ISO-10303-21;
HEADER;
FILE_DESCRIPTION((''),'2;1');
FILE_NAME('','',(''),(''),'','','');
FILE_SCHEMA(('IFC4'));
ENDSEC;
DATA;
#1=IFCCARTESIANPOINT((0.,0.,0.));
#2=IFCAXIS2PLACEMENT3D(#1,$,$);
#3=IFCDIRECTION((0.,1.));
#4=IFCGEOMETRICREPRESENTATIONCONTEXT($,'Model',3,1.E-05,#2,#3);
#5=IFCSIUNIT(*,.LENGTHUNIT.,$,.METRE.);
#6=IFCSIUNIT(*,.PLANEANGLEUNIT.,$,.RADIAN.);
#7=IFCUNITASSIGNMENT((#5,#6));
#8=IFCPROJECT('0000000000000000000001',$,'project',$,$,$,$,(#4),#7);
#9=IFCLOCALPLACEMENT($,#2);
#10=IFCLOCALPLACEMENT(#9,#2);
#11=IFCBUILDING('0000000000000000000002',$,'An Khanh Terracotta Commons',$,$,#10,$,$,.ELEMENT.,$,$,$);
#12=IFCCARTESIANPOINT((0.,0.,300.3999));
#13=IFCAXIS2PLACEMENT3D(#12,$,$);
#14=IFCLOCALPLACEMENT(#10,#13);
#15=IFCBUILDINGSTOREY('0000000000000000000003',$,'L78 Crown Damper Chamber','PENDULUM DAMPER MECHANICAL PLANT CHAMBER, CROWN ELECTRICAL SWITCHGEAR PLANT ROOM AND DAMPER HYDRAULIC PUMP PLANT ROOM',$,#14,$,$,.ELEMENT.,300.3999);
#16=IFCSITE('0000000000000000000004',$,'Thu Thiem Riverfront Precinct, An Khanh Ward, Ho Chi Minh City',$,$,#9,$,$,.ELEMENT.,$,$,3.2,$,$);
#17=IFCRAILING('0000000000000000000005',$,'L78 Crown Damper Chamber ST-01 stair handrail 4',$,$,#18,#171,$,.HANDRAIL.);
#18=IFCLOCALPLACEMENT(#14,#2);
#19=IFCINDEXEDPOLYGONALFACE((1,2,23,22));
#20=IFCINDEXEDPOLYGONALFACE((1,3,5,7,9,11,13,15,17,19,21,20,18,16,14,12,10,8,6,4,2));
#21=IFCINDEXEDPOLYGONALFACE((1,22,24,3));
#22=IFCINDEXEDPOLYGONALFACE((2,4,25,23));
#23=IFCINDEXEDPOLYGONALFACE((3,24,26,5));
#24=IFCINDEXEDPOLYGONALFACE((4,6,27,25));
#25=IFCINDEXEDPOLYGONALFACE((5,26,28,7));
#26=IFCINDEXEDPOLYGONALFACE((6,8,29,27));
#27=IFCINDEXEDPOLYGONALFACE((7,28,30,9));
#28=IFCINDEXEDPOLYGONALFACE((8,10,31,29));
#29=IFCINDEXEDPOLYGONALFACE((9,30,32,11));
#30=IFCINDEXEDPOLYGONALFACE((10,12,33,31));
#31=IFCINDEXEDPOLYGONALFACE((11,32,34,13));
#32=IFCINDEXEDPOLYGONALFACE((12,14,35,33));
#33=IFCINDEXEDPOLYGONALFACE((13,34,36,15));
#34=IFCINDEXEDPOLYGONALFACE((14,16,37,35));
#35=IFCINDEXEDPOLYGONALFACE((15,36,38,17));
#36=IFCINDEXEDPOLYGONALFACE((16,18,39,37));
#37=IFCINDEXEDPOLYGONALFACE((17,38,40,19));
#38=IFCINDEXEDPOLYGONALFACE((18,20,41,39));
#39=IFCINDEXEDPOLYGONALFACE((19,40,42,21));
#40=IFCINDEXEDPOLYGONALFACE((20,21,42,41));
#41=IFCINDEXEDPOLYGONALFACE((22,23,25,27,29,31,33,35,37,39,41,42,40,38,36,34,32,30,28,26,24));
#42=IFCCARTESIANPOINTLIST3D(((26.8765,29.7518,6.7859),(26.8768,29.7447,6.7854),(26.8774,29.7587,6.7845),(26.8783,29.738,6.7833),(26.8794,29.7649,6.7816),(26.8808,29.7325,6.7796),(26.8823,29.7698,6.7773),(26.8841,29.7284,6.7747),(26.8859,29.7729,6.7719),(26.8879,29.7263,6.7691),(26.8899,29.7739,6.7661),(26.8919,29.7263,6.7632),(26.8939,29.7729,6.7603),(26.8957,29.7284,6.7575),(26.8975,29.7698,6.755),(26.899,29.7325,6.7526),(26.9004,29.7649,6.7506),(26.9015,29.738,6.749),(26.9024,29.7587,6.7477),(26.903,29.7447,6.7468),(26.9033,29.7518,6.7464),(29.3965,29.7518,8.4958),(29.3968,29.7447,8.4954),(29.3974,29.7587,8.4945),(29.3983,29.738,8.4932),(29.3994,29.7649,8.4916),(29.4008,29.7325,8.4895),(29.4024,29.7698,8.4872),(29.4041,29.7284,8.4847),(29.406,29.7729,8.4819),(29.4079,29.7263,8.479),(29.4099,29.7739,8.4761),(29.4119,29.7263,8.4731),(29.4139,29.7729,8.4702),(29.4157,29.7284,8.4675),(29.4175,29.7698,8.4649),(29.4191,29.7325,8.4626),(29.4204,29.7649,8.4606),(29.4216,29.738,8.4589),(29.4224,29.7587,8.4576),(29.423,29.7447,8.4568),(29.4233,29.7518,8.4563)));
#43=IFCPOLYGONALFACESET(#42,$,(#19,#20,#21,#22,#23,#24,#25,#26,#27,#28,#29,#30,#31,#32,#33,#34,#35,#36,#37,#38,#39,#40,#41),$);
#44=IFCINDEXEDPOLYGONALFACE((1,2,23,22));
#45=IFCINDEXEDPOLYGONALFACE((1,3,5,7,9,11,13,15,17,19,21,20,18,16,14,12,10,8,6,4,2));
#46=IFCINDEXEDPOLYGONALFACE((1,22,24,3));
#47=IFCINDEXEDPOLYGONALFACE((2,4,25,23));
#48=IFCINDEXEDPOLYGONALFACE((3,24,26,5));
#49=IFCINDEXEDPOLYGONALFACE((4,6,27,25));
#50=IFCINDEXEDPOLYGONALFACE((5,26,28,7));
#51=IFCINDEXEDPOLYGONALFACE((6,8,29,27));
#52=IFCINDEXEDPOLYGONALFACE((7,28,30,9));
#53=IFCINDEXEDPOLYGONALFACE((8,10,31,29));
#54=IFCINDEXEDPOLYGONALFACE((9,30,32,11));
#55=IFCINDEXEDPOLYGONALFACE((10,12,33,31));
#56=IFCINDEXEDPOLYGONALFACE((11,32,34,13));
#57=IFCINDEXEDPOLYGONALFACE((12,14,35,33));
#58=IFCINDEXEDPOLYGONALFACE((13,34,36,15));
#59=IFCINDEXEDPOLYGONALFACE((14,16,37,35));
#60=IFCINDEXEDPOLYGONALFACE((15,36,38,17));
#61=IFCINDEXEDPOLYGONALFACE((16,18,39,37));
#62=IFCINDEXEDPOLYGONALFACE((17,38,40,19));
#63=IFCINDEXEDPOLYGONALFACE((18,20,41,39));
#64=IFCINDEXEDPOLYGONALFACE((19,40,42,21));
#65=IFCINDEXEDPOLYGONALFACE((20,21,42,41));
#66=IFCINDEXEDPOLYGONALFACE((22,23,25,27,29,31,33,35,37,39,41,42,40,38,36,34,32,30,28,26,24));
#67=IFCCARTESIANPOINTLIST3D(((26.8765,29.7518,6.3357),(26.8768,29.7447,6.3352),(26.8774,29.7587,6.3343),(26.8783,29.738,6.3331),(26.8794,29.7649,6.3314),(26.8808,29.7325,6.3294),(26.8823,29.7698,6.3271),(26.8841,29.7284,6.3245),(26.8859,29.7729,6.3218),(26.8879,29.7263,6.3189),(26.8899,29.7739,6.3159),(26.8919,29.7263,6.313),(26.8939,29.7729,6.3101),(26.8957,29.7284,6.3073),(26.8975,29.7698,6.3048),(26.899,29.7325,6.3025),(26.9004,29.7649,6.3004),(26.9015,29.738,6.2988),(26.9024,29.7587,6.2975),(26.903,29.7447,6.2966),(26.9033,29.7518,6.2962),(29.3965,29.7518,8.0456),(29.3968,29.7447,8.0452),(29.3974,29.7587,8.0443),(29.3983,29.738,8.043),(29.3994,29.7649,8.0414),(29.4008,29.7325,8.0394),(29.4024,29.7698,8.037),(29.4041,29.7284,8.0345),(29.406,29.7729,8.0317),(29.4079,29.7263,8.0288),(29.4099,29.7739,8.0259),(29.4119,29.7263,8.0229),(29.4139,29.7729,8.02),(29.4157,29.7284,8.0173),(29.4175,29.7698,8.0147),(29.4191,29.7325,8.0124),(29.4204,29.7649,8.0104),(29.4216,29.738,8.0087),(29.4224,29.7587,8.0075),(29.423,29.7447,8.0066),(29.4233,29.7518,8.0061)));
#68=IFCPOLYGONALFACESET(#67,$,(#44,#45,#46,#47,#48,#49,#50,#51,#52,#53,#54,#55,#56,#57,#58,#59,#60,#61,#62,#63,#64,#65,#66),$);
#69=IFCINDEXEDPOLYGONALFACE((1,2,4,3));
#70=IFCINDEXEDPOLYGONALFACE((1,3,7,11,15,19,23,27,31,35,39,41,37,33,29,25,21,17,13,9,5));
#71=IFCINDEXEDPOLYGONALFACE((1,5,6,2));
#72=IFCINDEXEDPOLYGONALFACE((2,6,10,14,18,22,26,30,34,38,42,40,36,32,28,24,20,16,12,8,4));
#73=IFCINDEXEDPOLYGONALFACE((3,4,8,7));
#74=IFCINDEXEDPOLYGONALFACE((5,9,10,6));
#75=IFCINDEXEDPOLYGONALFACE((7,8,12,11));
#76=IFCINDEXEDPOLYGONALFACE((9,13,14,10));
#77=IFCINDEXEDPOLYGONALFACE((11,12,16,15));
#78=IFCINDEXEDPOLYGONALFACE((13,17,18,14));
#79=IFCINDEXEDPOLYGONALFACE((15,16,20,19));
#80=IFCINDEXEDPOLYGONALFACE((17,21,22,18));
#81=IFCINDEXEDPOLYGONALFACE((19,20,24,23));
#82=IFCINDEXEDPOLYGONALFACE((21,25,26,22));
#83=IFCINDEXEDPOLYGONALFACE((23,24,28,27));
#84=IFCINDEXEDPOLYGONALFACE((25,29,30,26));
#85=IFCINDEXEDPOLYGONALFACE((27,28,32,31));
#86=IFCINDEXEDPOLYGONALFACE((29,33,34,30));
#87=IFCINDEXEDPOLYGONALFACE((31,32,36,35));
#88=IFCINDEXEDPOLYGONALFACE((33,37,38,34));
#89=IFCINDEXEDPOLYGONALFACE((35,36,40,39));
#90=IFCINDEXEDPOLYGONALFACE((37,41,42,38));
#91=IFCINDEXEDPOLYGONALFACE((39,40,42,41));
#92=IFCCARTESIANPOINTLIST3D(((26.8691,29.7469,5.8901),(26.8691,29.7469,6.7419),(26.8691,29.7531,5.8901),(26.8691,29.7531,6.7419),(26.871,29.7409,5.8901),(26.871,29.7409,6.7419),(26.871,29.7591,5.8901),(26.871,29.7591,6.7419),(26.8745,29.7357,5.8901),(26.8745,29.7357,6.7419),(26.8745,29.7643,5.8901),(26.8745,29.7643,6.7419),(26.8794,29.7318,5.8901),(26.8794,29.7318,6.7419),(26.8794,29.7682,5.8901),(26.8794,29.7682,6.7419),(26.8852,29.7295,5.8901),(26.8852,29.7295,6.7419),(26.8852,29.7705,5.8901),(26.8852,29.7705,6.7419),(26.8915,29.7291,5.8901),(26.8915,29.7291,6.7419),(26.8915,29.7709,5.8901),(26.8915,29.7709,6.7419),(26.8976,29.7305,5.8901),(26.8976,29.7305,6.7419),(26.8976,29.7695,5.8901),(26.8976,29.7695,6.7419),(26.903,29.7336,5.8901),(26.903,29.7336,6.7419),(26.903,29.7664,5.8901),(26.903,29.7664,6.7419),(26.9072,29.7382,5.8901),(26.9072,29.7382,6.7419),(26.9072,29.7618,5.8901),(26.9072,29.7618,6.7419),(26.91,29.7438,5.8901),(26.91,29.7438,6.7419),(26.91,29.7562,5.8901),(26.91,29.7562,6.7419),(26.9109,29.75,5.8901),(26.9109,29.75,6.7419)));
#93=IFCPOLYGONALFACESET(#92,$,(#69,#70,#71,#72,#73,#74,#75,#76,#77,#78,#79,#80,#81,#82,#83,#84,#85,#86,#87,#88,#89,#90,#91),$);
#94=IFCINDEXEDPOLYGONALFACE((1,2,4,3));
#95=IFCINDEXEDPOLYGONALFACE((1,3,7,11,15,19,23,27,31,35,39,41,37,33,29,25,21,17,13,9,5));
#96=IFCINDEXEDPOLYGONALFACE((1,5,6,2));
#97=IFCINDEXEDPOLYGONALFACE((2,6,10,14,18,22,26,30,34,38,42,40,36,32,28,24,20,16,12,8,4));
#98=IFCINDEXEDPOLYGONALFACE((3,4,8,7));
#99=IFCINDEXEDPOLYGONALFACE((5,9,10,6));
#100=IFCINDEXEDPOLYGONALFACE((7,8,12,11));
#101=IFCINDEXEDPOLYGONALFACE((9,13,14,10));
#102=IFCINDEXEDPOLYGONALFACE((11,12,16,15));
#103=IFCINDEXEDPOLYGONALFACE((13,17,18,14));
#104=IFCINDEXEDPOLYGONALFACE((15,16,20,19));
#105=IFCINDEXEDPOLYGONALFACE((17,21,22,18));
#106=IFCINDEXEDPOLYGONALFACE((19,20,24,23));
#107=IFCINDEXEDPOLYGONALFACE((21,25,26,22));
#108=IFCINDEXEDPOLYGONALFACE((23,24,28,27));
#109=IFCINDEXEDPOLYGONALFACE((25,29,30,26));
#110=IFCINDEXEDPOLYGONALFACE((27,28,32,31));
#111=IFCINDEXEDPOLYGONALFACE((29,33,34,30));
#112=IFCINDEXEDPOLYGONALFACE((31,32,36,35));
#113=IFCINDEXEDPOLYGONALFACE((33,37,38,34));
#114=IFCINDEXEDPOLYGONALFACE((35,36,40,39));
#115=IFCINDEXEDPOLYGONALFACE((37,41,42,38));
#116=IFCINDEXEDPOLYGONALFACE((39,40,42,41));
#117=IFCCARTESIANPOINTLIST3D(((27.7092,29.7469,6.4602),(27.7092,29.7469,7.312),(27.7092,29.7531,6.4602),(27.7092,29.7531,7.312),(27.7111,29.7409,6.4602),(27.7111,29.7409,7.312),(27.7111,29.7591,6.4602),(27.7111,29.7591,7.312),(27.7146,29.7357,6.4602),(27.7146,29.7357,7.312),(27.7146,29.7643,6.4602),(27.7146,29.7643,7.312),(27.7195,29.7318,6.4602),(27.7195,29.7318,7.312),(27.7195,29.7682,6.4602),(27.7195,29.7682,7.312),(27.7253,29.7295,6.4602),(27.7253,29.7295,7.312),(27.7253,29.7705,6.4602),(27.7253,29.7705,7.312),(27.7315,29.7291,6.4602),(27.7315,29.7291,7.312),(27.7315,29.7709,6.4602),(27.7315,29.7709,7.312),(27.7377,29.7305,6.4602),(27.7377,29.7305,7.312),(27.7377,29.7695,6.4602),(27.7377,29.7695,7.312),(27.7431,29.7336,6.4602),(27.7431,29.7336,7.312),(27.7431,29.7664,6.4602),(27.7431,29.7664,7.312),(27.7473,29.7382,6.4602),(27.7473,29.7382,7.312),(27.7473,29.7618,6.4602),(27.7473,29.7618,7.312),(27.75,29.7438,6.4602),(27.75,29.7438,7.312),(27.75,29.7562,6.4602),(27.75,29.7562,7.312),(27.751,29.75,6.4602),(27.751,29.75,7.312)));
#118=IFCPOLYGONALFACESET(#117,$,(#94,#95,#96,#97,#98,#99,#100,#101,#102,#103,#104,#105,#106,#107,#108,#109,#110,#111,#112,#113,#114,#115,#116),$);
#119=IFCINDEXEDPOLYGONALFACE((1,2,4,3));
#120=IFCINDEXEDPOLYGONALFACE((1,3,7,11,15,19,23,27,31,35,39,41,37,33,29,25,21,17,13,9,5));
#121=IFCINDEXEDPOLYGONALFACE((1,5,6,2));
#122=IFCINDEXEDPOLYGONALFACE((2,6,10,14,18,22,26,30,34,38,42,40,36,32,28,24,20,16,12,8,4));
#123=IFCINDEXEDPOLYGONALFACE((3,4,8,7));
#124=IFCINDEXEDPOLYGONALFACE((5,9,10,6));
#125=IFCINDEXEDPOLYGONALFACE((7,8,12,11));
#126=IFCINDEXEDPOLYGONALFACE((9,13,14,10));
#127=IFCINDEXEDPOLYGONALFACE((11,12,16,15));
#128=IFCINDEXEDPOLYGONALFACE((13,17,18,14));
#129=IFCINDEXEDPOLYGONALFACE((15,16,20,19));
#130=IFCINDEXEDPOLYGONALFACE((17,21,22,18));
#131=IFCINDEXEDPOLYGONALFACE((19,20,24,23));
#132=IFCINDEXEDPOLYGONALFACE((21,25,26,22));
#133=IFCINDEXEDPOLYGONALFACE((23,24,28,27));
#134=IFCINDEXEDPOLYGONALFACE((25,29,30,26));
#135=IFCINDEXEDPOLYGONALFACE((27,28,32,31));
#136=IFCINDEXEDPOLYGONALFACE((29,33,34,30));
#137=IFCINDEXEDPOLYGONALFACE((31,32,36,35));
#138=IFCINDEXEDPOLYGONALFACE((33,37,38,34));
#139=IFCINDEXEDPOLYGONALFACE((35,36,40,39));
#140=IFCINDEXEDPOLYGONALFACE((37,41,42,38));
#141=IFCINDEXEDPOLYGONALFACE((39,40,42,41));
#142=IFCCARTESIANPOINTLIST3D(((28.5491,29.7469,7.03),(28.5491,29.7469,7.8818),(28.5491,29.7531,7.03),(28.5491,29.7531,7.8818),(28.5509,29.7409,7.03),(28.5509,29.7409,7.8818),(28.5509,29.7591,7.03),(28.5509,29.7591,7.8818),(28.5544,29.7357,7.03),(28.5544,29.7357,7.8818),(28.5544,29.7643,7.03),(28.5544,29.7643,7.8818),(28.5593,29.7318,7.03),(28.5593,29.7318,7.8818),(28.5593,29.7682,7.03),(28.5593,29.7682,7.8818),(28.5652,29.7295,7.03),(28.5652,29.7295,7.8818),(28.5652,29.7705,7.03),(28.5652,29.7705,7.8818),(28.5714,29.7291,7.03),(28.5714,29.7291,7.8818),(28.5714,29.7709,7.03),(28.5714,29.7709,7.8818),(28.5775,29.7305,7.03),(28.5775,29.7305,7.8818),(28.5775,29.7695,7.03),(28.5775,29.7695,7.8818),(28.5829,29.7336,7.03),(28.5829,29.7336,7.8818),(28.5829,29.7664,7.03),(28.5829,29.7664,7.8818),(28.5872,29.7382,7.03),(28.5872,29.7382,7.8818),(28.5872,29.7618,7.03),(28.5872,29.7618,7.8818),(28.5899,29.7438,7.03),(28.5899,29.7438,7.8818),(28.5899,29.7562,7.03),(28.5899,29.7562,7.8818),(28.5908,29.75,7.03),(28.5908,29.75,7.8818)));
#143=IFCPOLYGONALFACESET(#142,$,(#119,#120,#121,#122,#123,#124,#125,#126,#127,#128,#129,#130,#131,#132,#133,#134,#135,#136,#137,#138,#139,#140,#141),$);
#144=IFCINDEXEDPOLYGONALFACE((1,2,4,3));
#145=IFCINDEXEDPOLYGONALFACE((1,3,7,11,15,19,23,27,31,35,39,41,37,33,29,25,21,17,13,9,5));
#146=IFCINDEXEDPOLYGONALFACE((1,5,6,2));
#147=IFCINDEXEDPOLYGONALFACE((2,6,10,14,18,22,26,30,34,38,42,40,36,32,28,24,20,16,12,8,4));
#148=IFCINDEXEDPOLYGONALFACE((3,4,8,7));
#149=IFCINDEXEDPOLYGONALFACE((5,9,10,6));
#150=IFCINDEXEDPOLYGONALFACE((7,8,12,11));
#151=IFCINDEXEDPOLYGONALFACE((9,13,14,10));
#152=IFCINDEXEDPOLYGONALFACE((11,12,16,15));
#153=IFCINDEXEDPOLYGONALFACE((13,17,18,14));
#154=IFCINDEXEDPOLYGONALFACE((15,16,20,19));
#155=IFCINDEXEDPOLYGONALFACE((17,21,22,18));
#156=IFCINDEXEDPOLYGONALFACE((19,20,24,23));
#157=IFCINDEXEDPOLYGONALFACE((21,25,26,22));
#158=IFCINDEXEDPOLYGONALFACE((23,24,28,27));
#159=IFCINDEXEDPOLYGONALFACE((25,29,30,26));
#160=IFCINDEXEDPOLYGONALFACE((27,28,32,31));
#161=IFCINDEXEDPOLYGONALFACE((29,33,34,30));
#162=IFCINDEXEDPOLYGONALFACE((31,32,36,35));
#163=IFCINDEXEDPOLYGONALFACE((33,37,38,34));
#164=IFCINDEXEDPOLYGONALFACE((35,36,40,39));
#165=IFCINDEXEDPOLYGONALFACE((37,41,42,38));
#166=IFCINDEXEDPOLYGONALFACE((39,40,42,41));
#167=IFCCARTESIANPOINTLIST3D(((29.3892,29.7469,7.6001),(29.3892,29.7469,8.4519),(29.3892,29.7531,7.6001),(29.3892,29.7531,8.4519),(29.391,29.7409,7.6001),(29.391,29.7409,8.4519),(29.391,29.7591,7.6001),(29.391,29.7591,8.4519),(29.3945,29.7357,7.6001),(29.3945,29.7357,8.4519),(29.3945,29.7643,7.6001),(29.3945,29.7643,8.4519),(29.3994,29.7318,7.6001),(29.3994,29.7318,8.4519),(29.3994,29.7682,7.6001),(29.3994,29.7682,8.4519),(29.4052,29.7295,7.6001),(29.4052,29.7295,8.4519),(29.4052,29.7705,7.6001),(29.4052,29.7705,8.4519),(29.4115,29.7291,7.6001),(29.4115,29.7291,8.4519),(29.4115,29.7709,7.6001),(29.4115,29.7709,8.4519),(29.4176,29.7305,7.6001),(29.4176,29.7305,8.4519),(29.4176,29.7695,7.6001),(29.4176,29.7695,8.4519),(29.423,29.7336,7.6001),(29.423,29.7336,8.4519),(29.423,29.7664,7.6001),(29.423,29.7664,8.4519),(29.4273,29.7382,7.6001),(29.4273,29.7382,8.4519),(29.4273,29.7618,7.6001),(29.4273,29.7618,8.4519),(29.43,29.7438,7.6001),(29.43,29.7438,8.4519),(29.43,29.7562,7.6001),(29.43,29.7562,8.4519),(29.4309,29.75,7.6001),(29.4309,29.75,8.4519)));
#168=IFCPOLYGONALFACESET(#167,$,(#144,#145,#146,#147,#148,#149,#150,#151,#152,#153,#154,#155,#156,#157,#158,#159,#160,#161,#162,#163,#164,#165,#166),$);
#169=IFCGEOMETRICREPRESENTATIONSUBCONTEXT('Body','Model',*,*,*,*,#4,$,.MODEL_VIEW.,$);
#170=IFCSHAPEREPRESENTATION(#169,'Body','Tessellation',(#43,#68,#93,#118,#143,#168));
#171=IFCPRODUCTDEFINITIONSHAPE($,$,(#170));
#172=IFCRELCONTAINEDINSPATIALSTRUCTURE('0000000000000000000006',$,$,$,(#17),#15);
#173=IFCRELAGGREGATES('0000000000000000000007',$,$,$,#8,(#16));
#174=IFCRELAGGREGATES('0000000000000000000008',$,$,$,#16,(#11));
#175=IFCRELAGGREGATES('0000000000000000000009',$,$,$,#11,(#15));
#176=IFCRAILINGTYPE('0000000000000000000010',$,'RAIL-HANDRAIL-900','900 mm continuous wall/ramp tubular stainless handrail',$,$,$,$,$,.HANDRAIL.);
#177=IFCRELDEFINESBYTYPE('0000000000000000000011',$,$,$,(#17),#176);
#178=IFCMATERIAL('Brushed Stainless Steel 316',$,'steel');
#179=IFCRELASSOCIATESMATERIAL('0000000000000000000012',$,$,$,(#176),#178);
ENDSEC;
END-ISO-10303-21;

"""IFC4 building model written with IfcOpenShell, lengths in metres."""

from ifc_helpers import new_model, si_unit, direction, frame, origin, origin_2d, place, context, subcontext, project, spatial, circle, extrude, material, type_object, element, save


model = new_model("IFC4")

# Units and contexts
model_context = context("Model", 3, precision=1e-05, world=origin(), true_north=direction((0.0, 1.0)))
body_context = subcontext(model_context, "Body", "Model", "MODEL_VIEW")
ifc_project = project(units=[si_unit("LENGTHUNIT", "METRE"), si_unit("PLANEANGLEUNIT", "RADIAN")], contexts=[model_context])

# Site, building, storey
site_placement = place(None, origin())
site = spatial("IfcSite", under=ifc_project, at=site_placement, Name="Thu Thiem Riverfront Precinct, An Khanh Ward, Ho Chi Minh City", CompositionType="ELEMENT", RefElevation=3.2)
building_placement = place(site_placement, origin())
building = spatial("IfcBuilding", under=site, at=building_placement, Name="An Khanh Terracotta Commons", CompositionType="ELEMENT")
storey_placement = place(building_placement, frame((0.0, 0.0, 300.3999)))
storey = spatial("IfcBuildingStorey", under=building, at=storey_placement, Name="L78 Crown Damper Chamber", Description="PENDULUM DAMPER MECHANICAL PLANT CHAMBER, CROWN ELECTRICAL SWITCHGEAR PLANT ROOM AND DAMPER HYDRAULIC PUMP PLANT ROOM", CompositionType="ELEMENT", Elevation=300.3999)

# Railing
ifc_material_1 = material(Name="Brushed Stainless Steel 316", Category="steel")
railing_type_1 = type_object("IfcRailingType", Name="RAIL-HANDRAIL-900", Description="900 mm continuous wall/ramp tubular stainless handrail", PredefinedType="HANDRAIL", material=ifc_material_1)
for number, where, name in (
    (1, (26.8899, 29.75, 5.8901), "L78 Crown Damper Chamber ST-01 stair handrail 4"),
):
    element("IfcRailing", number, at=place(storey_placement, frame(where)), inside=storey, type_object=railing_type_1, Name=name, PredefinedType="HANDRAIL", context=body_context, shape_type="SweptSolid", body=[
        extrude(circle(Radius=0.0239, at=origin_2d()), frame((0.0, 0.0, 0.876), z_axis=(0.827484, 0.0, 0.56149), x_axis=(0.0, 1.0, 0.0)), (0.0, 0.0, 1.0), 3.0454),
        extrude(circle(Radius=0.0239, at=origin_2d()), frame((0.0, 0.0, 0.4258), z_axis=(0.827484, 0.0, 0.56149), x_axis=(0.0, 1.0, 0.0)), (0.0, 0.0, 1.0), 3.0454),
        extrude(circle(Radius=0.021, at=origin_2d()), origin(), (0.0, 0.0, 1.0), 0.8518),
        extrude(circle(Radius=0.021, at=origin_2d()), frame((0.8401, 0.0, 0.5701)), (0.0, 0.0, 1.0), 0.8518),
        extrude(circle(Radius=0.021, at=origin_2d()), frame((1.6799, 0.0, 1.1399)), (0.0, 0.0, 1.0), 0.8518),
        extrude(circle(Radius=0.021, at=origin_2d()), frame((2.52, 0.0, 1.71)), (0.0, 0.0, 1.0), 0.8518),
    ])

save(model, "model.ifc")
